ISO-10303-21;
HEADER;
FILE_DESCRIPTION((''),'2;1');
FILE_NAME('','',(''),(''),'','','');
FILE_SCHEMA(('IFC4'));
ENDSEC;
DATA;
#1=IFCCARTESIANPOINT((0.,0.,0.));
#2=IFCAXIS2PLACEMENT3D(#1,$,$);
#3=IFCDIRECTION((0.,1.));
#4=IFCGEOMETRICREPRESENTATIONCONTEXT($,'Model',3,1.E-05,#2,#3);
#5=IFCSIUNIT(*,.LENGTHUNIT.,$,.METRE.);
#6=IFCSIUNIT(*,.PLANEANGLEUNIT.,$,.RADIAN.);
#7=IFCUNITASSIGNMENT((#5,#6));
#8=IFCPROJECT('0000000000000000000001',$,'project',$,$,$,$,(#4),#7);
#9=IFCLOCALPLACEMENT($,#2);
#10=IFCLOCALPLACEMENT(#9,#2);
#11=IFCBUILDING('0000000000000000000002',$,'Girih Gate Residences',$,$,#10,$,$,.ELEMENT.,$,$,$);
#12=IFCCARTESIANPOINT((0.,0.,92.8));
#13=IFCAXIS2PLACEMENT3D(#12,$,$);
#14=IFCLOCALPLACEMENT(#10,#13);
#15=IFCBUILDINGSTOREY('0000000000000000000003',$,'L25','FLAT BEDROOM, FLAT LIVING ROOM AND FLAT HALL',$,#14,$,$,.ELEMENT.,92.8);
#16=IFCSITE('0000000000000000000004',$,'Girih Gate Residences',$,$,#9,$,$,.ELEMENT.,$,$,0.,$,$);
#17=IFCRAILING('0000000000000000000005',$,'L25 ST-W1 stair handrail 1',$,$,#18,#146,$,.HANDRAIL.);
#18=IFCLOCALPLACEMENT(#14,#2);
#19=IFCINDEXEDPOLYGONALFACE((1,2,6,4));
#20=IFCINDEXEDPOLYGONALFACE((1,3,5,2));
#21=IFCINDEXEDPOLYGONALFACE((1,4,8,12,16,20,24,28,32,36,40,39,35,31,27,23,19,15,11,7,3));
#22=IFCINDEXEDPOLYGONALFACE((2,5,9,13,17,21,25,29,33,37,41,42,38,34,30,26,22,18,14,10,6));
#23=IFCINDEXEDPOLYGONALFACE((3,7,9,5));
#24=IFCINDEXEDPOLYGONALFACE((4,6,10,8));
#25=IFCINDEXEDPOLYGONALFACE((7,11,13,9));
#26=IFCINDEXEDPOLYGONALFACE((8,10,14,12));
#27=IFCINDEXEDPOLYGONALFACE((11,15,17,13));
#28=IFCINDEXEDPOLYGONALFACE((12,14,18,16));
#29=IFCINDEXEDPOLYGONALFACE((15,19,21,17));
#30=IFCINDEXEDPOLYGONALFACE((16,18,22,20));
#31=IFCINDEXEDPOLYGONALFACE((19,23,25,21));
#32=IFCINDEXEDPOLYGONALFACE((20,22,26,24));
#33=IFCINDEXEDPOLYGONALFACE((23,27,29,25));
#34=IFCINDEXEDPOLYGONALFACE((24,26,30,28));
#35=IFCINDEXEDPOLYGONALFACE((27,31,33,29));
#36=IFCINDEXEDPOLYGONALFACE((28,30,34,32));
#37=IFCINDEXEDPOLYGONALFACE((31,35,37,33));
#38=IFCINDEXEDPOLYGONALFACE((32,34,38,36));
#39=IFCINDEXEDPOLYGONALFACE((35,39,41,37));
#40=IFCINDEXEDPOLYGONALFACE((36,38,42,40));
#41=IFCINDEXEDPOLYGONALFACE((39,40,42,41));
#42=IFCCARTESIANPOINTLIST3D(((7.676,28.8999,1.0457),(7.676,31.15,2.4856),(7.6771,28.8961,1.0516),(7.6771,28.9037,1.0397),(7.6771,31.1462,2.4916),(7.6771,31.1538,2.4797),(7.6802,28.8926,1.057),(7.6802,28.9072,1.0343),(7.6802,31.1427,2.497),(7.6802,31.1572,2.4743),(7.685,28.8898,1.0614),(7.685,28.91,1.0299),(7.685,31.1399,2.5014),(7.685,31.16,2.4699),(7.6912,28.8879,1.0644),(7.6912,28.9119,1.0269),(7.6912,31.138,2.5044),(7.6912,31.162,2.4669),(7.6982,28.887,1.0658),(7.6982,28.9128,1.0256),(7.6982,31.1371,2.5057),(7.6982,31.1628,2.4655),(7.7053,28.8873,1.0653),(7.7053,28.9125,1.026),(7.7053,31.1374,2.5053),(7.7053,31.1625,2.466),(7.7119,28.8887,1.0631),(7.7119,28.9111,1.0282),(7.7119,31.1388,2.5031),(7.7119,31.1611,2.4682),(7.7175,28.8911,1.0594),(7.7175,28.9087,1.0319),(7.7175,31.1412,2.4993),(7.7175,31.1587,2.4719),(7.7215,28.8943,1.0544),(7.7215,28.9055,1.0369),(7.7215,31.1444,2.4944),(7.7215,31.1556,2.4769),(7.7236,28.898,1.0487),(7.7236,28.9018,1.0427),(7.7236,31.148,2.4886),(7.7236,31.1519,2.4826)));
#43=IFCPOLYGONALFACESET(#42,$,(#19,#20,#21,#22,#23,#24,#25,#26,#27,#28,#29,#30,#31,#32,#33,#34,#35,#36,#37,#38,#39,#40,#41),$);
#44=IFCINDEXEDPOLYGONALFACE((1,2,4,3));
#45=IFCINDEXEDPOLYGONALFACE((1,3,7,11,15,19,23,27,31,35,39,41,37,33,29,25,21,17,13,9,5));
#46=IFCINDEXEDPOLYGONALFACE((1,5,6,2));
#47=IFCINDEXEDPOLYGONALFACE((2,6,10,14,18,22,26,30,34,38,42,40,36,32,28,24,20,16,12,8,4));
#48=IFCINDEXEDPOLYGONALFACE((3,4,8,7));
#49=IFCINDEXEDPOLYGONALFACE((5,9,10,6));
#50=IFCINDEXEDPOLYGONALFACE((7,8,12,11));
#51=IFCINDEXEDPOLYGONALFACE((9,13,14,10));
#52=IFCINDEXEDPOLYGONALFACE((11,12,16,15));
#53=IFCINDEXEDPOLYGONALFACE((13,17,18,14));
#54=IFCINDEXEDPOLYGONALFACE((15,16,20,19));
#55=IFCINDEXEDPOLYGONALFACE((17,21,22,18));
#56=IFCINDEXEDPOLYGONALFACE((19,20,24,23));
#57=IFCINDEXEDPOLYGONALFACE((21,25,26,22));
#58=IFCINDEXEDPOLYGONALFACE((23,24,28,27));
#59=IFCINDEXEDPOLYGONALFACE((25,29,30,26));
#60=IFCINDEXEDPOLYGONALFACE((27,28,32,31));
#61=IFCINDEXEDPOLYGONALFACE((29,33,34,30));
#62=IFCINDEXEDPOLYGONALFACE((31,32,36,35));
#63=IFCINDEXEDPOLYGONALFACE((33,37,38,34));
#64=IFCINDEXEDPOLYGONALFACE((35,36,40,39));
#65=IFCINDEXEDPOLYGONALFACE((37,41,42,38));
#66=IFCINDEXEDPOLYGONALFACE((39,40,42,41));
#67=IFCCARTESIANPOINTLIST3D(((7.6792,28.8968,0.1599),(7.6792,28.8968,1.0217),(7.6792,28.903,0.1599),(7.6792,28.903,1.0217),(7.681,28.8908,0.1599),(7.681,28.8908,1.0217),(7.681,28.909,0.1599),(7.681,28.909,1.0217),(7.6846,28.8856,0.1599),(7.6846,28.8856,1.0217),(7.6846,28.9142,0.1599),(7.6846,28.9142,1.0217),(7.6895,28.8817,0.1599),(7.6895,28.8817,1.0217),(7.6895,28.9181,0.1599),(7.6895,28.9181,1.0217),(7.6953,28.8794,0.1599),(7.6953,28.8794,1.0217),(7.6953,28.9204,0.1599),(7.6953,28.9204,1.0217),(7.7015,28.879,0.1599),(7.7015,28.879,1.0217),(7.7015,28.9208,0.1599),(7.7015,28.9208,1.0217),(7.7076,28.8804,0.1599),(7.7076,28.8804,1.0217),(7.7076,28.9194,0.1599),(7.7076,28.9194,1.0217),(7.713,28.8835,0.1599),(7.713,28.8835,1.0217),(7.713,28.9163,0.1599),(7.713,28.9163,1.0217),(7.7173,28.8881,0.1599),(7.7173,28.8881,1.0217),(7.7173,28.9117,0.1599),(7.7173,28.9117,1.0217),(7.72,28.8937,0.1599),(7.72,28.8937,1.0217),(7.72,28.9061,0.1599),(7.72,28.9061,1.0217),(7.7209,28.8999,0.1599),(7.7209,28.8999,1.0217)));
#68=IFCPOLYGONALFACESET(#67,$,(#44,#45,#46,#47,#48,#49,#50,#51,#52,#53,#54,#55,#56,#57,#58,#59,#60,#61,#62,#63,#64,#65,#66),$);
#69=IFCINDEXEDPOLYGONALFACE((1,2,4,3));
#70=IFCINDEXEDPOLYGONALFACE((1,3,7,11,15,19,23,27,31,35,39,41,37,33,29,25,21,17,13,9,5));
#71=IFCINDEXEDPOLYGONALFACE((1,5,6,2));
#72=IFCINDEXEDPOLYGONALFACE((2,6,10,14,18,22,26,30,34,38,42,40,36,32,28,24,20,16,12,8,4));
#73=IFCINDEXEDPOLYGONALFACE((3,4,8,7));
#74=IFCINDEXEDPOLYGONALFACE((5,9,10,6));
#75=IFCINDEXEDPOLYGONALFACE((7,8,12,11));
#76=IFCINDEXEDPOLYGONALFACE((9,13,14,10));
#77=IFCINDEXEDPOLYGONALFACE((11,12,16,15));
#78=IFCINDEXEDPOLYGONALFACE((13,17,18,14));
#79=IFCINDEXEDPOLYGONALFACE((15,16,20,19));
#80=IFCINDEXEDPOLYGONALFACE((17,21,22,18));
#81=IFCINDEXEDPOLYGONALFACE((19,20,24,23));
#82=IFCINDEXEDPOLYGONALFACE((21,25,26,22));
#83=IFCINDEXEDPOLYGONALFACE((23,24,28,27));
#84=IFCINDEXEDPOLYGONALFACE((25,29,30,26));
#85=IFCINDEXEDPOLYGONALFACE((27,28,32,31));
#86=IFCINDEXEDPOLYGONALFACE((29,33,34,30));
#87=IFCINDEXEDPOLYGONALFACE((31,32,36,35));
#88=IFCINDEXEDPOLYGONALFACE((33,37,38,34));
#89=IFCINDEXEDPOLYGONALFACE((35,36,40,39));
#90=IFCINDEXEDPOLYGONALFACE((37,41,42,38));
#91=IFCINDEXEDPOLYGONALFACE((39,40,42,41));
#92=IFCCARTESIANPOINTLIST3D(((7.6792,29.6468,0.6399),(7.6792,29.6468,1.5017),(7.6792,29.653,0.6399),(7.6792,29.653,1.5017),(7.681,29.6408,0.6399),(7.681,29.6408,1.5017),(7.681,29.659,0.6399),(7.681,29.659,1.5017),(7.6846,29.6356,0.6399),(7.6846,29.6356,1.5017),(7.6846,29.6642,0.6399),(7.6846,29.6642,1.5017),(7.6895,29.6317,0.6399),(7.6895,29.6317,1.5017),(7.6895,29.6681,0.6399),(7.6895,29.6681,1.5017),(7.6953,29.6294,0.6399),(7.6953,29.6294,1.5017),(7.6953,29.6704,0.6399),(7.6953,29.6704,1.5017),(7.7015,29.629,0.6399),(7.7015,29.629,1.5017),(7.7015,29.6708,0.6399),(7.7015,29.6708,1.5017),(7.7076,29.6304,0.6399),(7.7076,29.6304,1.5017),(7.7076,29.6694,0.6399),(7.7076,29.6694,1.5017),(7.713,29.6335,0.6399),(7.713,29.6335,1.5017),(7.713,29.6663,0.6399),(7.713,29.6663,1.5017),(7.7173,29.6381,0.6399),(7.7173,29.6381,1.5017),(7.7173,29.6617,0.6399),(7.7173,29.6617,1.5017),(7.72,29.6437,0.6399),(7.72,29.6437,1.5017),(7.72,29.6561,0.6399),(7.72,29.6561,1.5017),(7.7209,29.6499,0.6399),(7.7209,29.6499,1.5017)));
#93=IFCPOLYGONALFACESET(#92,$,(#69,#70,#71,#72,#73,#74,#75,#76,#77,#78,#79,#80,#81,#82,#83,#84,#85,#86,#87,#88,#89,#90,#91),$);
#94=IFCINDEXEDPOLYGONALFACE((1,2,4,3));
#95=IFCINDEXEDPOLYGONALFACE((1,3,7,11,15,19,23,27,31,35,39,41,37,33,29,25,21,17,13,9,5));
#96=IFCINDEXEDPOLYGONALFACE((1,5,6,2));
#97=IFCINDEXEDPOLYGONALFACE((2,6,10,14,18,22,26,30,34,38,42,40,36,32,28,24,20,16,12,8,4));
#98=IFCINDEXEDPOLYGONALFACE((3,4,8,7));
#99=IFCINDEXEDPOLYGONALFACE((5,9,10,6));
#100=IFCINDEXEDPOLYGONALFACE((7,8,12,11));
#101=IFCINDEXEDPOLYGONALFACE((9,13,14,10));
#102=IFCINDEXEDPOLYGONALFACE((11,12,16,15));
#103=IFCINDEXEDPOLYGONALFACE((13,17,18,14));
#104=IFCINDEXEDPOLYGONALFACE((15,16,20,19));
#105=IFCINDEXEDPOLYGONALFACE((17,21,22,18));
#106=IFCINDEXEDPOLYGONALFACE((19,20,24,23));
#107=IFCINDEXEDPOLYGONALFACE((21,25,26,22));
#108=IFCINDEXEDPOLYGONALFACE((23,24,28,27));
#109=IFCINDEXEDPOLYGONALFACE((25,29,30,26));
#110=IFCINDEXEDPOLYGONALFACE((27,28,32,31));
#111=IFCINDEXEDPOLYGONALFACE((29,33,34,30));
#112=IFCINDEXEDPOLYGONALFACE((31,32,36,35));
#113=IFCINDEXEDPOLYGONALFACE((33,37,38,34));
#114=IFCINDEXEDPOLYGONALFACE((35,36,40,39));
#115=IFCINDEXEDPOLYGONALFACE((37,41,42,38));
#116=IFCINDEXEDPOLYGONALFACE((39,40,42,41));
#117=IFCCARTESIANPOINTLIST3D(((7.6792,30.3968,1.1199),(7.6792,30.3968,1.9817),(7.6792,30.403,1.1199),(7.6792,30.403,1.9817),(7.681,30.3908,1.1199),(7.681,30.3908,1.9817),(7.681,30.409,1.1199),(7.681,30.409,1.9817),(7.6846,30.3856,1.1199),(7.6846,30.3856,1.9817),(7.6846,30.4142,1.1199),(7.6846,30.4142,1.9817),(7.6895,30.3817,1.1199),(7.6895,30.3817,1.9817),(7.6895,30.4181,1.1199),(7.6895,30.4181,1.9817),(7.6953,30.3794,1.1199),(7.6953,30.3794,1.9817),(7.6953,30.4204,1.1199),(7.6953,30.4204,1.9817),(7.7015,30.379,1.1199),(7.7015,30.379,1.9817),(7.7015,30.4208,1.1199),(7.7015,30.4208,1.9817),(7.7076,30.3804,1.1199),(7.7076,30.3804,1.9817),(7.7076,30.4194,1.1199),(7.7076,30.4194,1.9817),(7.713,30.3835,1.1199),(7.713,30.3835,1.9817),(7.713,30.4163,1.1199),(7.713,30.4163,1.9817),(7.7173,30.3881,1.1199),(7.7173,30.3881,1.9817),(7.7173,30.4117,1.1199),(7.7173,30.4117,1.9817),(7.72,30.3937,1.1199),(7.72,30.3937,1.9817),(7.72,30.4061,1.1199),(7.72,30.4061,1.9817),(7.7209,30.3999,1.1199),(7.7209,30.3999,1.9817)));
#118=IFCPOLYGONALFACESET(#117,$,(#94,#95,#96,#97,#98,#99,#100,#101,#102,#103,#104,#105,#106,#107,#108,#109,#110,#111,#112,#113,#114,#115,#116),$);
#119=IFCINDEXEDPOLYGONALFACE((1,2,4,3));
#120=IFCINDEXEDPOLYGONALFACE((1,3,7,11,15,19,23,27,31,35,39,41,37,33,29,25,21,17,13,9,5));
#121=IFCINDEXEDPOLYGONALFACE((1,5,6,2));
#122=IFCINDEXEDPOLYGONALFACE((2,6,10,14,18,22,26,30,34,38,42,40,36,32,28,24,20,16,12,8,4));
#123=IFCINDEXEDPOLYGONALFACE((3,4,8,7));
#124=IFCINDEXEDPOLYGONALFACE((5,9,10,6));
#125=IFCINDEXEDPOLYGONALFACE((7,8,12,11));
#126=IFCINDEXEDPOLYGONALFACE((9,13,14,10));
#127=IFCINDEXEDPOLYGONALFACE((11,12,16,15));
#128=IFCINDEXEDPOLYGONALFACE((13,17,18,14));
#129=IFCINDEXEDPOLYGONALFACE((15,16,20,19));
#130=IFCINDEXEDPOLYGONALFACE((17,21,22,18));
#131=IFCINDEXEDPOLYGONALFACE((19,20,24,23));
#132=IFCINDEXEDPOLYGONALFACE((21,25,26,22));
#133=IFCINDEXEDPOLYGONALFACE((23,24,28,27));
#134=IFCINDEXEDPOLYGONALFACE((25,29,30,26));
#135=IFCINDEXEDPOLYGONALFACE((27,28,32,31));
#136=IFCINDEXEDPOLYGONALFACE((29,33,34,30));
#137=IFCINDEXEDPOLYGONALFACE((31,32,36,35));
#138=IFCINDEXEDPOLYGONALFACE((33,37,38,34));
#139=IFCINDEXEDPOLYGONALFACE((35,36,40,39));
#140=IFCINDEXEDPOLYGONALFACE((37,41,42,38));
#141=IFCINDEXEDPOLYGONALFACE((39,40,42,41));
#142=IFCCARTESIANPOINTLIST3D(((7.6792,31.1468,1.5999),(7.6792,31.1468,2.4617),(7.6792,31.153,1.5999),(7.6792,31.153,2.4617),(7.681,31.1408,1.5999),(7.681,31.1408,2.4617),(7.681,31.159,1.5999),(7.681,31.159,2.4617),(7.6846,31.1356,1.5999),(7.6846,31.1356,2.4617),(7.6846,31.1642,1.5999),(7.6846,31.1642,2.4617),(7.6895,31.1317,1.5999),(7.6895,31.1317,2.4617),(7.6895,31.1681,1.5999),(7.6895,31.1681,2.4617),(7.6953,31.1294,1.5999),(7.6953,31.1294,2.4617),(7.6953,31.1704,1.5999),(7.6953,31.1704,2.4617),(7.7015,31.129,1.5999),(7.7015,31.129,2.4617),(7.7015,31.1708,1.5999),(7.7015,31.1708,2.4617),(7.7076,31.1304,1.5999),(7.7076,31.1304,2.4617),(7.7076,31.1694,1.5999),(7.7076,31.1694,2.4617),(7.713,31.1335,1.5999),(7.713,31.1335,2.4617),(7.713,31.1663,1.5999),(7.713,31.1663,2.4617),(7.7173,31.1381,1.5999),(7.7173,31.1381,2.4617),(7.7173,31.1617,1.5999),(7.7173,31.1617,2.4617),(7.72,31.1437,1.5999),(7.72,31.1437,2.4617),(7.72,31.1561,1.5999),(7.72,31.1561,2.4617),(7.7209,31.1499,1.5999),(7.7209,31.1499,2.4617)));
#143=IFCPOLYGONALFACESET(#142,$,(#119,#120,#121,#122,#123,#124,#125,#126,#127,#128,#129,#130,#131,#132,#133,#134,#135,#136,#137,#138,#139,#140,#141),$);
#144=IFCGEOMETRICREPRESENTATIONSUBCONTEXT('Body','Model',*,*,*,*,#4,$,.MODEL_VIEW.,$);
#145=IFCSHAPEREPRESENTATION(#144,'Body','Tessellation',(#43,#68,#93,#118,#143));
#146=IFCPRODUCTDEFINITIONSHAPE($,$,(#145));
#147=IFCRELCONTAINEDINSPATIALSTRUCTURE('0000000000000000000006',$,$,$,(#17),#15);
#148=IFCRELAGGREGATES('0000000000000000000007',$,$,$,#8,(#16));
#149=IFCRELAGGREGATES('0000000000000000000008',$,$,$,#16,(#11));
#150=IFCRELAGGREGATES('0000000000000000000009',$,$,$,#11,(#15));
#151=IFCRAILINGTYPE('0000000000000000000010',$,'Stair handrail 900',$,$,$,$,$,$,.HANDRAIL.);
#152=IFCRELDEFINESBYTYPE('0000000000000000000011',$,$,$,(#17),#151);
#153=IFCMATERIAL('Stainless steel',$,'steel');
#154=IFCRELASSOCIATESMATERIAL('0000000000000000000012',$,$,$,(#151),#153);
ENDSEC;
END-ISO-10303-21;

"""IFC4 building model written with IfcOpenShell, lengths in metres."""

from ifc_helpers import new_model, si_unit, direction, frame, origin, origin_2d, place, context, subcontext, project, spatial, circle, extrude, material, type_object, element, save


model = new_model("IFC4")

# Units and contexts
model_context = context("Model", 3, precision=1e-05, world=origin(), true_north=direction((0.0, 1.0)))
body_context = subcontext(model_context, "Body", "Model", "MODEL_VIEW")
ifc_project = project(units=[si_unit("LENGTHUNIT", "METRE"), si_unit("PLANEANGLEUNIT", "RADIAN")], contexts=[model_context])

# Site, building, storey
site_placement = place(None, origin())
site = spatial("IfcSite", under=ifc_project, at=site_placement, Name="Girih Gate Residences", CompositionType="ELEMENT", RefElevation=0.0)
building_placement = place(site_placement, origin())
building = spatial("IfcBuilding", under=site, at=building_placement, Name="Girih Gate Residences", CompositionType="ELEMENT")
storey_placement = place(building_placement, frame((0.0, 0.0, 92.8)))
storey = spatial("IfcBuildingStorey", under=building, at=storey_placement, Name="L25", Description="FLAT BEDROOM, FLAT LIVING ROOM AND FLAT HALL", CompositionType="ELEMENT", Elevation=92.8)

# Railing
ifc_material_1 = material(Name="Stainless steel", Category="steel")
railing_type_1 = type_object("IfcRailingType", Name="Stair handrail 900", PredefinedType="HANDRAIL", material=ifc_material_1)
railing_1_placement = place(storey_placement, frame((7.7, 28.8999, 0.1599)))
element("IfcRailing", 1, at=railing_1_placement, inside=storey, type_object=railing_type_1, Name="L25 ST-W1 stair handrail 1", PredefinedType="HANDRAIL", context=body_context, shape_type="SweptSolid", body=[
    extrude(circle(Radius=0.0239, at=origin_2d()), frame((0.0, 0.0, 0.8857), z_axis=(0.0, 0.842281, 0.539038), x_axis=(-1.0, 0.0, 0.0)), (0.0, 0.0, 1.0), 2.6714),
    extrude(circle(Radius=0.021, at=origin_2d()), origin(), (0.0, 0.0, 1.0), 0.8618),
    extrude(circle(Radius=0.021, at=origin_2d()), frame((0.0, 0.75, 0.48)), (0.0, 0.0, 1.0), 0.8618),
    extrude(circle(Radius=0.021, at=origin_2d()), frame((0.0, 1.5, 0.96)), (0.0, 0.0, 1.0), 0.8618),
    extrude(circle(Radius=0.021, at=origin_2d()), frame((0.0, 2.25, 1.4399)), (0.0, 0.0, 1.0), 0.8618),
])

save(model, "model.ifc")
